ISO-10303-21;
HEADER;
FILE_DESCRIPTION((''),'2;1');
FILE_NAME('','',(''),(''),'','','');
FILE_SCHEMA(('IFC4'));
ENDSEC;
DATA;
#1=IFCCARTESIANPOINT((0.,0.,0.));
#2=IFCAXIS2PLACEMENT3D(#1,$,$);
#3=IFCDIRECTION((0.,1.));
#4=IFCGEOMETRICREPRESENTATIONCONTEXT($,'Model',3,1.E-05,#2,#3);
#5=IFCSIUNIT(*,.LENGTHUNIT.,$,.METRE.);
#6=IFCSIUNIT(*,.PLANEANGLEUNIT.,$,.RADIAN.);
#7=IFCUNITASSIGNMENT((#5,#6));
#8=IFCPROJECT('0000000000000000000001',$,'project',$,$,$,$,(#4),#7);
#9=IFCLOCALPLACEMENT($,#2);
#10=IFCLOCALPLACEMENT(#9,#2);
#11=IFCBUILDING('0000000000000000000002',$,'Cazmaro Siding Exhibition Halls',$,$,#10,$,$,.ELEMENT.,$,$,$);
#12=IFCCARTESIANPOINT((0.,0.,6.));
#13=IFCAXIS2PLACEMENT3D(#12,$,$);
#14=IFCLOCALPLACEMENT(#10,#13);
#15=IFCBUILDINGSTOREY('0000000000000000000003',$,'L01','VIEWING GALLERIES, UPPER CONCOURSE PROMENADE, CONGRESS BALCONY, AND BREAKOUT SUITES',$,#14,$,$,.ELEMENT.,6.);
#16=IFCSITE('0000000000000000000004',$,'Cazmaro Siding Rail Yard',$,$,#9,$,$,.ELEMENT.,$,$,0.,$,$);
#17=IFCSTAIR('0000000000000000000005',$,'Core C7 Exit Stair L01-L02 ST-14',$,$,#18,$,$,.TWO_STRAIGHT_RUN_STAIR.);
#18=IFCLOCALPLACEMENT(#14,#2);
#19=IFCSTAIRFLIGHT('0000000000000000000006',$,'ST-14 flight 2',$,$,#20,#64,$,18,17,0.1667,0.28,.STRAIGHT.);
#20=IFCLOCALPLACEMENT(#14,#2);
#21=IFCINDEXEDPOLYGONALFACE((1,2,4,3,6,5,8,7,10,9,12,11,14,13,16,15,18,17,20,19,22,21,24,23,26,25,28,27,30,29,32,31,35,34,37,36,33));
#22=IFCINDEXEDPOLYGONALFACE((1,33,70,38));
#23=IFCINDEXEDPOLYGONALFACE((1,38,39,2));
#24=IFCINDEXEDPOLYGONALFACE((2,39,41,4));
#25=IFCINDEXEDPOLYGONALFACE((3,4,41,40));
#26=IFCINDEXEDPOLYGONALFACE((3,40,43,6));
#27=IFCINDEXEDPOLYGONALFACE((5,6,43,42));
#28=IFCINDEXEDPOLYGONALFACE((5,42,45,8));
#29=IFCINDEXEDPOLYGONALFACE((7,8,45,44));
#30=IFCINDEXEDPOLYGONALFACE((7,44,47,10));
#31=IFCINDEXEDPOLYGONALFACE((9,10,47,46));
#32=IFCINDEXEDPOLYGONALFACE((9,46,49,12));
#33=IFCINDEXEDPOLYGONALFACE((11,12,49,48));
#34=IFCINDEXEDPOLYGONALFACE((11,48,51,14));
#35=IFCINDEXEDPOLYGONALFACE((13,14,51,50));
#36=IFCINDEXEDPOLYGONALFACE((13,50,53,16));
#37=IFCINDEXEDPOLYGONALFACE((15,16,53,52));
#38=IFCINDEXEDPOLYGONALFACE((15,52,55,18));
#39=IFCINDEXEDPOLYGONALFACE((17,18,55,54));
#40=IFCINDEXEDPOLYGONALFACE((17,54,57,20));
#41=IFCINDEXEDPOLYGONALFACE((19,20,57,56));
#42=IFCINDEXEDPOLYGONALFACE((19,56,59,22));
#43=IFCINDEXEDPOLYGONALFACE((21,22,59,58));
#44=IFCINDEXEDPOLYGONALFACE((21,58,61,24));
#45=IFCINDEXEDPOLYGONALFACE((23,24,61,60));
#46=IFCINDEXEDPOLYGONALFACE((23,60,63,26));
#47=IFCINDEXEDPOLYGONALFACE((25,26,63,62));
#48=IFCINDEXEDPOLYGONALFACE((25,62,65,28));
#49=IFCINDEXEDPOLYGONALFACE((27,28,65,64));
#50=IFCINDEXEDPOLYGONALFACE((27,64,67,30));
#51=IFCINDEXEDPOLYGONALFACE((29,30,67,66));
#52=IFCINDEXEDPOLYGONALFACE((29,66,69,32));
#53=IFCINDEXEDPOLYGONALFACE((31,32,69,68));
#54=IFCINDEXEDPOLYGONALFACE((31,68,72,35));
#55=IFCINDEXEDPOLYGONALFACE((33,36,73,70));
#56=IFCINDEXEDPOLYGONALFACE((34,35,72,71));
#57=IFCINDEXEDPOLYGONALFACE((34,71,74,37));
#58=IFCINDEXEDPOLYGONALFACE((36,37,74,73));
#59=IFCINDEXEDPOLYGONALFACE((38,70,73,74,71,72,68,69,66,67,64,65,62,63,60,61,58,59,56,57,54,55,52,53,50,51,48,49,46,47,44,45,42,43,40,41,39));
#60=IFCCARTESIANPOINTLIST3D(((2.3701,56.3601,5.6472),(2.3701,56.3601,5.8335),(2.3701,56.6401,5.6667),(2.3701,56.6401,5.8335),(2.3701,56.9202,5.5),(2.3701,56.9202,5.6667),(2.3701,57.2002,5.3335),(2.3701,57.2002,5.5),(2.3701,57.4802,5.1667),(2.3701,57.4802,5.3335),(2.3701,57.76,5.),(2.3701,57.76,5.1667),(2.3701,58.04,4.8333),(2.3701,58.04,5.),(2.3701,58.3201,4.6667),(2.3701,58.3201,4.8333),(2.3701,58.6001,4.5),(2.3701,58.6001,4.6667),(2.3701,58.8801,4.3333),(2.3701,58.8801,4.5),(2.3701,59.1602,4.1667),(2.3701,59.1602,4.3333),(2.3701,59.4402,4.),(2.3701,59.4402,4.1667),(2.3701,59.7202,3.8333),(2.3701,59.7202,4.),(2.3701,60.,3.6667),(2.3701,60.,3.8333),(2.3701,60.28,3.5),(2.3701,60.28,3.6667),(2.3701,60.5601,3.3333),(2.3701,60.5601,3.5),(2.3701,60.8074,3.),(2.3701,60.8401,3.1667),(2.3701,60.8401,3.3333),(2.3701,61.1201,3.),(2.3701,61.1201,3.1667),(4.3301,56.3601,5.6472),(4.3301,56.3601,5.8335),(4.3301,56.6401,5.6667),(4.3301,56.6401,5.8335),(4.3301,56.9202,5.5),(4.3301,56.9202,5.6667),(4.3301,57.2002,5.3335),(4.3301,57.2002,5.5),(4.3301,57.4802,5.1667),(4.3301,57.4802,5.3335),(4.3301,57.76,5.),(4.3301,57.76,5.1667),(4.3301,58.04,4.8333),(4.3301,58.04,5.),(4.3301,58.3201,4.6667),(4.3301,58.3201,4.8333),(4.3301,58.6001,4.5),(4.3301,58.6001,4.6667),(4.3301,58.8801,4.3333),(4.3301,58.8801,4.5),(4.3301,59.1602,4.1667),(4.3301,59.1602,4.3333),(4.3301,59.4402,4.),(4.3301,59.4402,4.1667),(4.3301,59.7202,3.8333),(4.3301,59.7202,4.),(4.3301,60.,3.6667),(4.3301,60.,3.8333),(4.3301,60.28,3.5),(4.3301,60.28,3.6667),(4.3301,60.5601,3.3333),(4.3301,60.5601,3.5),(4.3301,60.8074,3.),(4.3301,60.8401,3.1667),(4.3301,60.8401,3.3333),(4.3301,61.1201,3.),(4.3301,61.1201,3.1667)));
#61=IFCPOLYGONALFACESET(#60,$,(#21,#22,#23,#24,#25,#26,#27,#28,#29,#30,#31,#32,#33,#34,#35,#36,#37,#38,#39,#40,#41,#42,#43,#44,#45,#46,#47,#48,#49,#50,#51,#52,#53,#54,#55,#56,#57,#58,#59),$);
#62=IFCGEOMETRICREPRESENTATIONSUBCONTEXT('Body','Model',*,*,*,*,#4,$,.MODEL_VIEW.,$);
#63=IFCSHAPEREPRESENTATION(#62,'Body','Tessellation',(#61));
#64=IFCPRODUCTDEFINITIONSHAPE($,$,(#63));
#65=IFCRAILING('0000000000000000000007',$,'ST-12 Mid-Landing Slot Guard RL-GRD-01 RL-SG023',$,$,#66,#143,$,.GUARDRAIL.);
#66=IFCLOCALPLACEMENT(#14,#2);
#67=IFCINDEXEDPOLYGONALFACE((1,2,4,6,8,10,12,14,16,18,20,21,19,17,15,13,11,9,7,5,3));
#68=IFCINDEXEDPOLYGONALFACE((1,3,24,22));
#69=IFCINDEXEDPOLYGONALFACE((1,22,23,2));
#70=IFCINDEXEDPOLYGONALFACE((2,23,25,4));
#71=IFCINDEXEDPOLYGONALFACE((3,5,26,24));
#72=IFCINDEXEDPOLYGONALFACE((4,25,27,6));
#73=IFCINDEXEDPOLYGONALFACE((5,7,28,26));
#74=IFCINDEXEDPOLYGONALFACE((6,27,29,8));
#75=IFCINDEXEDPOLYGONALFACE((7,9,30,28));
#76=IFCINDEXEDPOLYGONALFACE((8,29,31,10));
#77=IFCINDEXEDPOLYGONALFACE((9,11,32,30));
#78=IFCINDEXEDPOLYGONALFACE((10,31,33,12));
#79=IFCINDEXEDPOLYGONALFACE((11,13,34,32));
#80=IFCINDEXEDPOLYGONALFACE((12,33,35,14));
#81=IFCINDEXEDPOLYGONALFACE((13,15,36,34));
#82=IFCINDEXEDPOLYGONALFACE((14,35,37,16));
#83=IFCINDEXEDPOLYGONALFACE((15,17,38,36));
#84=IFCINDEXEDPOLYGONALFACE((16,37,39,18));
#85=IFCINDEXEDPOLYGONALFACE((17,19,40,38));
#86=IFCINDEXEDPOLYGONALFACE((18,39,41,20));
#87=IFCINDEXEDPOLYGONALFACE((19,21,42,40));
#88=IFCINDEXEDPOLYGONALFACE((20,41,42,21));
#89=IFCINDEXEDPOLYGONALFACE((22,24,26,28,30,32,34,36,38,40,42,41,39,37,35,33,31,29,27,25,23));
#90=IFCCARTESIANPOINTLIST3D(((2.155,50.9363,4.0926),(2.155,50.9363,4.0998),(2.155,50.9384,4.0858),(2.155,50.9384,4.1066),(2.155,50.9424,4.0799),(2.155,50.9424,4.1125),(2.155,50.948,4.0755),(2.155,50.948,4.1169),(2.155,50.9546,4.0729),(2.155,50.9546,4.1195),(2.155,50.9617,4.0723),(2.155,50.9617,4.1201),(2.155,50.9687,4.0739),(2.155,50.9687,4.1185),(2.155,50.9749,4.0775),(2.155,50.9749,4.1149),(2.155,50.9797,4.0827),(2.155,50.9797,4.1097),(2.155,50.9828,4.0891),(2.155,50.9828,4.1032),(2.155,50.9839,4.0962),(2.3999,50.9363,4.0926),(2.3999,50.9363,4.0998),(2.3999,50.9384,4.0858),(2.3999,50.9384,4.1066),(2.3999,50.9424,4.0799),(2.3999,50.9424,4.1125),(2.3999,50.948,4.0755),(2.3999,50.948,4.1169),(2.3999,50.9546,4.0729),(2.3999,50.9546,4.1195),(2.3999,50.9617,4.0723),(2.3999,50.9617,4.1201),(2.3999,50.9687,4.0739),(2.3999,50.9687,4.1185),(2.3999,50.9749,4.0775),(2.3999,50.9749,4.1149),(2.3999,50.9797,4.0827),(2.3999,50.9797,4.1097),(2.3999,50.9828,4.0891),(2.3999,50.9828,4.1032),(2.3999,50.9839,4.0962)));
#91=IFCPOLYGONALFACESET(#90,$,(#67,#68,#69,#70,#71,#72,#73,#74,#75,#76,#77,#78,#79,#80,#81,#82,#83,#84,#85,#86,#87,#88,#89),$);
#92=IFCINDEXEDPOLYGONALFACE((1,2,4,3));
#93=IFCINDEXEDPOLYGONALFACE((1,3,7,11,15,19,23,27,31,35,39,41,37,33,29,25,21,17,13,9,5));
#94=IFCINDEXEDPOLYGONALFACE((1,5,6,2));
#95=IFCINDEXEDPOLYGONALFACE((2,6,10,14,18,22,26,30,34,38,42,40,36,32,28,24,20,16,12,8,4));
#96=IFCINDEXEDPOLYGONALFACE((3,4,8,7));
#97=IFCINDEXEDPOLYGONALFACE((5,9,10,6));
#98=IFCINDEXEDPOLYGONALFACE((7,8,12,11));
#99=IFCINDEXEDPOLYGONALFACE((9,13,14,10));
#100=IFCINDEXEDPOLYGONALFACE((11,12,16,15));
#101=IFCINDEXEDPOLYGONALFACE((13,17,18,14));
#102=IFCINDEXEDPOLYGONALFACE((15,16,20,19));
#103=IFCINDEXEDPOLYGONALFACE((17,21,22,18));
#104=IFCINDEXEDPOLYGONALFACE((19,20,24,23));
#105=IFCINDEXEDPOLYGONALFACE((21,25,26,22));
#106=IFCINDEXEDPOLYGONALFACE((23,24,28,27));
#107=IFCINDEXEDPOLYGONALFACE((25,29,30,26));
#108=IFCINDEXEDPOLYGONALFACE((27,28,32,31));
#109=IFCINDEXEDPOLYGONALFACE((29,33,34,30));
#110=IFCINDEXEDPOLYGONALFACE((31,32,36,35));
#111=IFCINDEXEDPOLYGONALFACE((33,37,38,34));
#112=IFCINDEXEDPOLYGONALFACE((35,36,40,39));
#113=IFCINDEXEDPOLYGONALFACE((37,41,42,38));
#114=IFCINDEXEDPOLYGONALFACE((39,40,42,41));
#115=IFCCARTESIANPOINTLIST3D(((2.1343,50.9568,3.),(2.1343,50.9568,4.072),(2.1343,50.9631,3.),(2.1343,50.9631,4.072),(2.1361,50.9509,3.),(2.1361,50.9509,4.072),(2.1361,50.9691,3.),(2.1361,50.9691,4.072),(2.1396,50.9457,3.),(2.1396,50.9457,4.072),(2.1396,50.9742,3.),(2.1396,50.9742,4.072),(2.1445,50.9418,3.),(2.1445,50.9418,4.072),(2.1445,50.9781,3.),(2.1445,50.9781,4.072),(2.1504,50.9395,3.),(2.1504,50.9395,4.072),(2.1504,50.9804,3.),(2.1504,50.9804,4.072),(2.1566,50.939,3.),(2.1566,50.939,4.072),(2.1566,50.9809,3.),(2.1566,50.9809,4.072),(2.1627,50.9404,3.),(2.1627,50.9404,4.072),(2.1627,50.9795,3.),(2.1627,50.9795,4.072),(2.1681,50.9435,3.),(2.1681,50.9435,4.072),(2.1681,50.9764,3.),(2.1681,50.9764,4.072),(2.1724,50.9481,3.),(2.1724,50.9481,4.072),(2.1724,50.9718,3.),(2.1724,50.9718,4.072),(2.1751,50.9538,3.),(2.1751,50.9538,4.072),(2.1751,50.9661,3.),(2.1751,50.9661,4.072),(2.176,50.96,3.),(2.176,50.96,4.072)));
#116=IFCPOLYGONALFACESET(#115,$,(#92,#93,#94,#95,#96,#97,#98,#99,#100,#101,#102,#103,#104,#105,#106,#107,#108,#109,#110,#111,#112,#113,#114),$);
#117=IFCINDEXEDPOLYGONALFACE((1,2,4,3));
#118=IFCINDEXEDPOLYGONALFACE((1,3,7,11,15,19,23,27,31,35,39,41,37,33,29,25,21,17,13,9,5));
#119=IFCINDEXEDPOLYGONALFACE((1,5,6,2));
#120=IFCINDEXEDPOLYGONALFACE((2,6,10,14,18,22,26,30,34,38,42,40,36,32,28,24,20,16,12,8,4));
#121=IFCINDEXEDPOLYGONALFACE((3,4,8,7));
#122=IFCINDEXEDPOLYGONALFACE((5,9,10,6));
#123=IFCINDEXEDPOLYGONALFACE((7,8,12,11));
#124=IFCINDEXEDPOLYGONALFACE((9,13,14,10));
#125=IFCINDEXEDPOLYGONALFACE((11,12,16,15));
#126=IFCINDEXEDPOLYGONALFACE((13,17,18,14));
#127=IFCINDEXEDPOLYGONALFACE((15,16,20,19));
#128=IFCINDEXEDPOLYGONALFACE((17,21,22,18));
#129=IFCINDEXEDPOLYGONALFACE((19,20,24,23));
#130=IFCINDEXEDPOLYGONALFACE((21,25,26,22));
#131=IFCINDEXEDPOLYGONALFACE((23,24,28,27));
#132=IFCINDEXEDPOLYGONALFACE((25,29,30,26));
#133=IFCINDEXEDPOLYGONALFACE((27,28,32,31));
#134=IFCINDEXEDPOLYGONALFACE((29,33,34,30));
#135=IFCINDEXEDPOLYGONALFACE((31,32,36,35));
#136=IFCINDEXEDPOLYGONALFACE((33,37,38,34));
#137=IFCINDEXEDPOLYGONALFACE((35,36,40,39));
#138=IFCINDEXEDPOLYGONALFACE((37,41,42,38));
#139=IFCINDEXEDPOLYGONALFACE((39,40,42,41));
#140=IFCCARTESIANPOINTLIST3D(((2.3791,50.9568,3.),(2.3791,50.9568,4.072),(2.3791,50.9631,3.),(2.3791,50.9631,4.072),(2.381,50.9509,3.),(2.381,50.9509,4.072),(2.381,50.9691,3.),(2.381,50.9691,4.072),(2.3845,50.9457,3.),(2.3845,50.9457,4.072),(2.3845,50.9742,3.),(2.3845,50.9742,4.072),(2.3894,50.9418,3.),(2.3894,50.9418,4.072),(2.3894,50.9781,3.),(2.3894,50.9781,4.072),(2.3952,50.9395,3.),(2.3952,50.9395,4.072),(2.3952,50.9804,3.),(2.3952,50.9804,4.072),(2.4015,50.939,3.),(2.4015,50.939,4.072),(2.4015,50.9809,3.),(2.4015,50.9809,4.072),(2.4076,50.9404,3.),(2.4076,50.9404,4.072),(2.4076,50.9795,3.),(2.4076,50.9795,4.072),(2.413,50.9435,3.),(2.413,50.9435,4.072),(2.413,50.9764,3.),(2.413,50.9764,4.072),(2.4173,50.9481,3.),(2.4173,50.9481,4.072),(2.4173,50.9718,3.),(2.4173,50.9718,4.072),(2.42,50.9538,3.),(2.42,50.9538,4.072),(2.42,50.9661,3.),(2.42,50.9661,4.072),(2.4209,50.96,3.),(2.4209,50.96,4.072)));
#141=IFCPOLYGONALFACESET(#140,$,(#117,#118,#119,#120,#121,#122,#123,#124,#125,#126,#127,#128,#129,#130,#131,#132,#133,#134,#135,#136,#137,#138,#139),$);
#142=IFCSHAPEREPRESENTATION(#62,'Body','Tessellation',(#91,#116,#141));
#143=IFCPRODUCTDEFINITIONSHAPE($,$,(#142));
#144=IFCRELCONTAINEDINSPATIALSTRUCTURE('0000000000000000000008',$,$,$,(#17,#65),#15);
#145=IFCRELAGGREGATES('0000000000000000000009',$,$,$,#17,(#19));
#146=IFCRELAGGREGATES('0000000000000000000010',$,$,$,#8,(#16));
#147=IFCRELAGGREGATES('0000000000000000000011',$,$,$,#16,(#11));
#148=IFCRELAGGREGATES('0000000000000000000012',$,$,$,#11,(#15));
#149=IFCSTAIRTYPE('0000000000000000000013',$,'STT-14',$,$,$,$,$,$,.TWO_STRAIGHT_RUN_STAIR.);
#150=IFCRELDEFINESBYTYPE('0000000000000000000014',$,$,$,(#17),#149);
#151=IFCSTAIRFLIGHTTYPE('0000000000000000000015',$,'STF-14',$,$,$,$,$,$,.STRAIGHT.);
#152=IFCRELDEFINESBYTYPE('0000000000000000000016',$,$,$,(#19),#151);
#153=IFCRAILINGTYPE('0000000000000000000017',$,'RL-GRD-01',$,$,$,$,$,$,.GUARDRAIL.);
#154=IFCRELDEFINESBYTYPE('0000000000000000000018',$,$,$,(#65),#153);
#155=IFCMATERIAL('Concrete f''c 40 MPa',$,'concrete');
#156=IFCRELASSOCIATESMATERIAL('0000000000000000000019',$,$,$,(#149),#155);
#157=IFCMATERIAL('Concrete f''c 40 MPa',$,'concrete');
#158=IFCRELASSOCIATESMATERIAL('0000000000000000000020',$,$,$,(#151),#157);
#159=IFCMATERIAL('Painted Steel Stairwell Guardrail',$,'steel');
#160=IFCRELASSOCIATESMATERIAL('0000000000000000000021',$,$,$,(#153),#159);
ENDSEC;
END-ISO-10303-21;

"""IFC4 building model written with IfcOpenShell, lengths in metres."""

from ifc_helpers import new_model, si_unit, direction, frame, origin, origin_2d, place, context, subcontext, project, spatial, polyline, circle, outline, extrude, material, type_object, element, aggregate, save


model = new_model("IFC4")

# Units and contexts
model_context = context("Model", 3, precision=1e-05, world=origin(), true_north=direction((0.0, 1.0)))
body_context = subcontext(model_context, "Body", "Model", "MODEL_VIEW")
ifc_project = project(units=[si_unit("LENGTHUNIT", "METRE"), si_unit("PLANEANGLEUNIT", "RADIAN")], contexts=[model_context])

# Site, building, storey
site_placement = place(None, origin())
site = spatial("IfcSite", under=ifc_project, at=site_placement, Name="Cazmaro Siding Rail Yard", CompositionType="ELEMENT", RefElevation=0.0)
building_placement = place(site_placement, origin())
building = spatial("IfcBuilding", under=site, at=building_placement, Name="Cazmaro Siding Exhibition Halls", CompositionType="ELEMENT")
storey_placement = place(building_placement, frame((0.0, 0.0, 6.0)))
storey = spatial("IfcBuildingStorey", under=building, at=storey_placement, Name="L01", Description="VIEWING GALLERIES, UPPER CONCOURSE PROMENADE, CONGRESS BALCONY, AND BREAKOUT SUITES", CompositionType="ELEMENT", Elevation=6.0)

# Stair, stair flight
ifc_material_1 = material(Name="Concrete f'c 40 MPa", Category="concrete")
stair_type_1 = type_object("IfcStairType", Name="STT-14", PredefinedType="TWO_STRAIGHT_RUN_STAIR", material=ifc_material_1)
stair_1_placement = place(storey_placement, origin())
stair_1 = element("IfcStair", 1, at=stair_1_placement, inside=storey, type_object=stair_type_1, Name="Core C7 Exit Stair L01-L02 ST-14", PredefinedType="TWO_STRAIGHT_RUN_STAIR")
ifc_material_2 = material(Name="Concrete f'c 40 MPa", Category="concrete")
stair_flight_type_1 = type_object("IfcStairFlightType", Name="STF-14", PredefinedType="STRAIGHT", material=ifc_material_2)
stair_flight_1_placement = place(storey_placement, frame((3.3501, 61.1201, 3.0), z_axis=(0.0, 0.0, 1.0), x_axis=(0.0, -1.0, 0.0)))
stair_flight_1 = element("IfcStairFlight", 2, at=stair_flight_1_placement, type_object=stair_flight_type_1, Name="ST-14 flight 2", NumberOfRisers=18, NumberOfTreads=17, PredefinedType="STRAIGHT", RiserHeight=0.1667, TreadLength=0.28, context=body_context, shape_type="SweptSolid", body=[
    extrude(outline(polyline([(0.0, 0.0), (0.0, 0.1667), (0.28, 0.1667), (0.28, 0.3333), (0.5601, 0.3333), (0.5601, 0.5), (0.8401, 0.5), (0.8401, 0.6667), (1.1201, 0.6667), (1.1201, 0.8333), (1.3999, 0.8333), (1.3999, 1.0), (1.6799, 1.0), (1.6799, 1.1667), (1.96, 1.1667), (1.96, 1.3333), (2.24, 1.3333), (2.24, 1.5), (2.52, 1.5), (2.52, 1.6667), (2.8, 1.6667), (2.8, 1.8333), (3.0801, 1.8333), (3.0801, 2.0), (3.3601, 2.0), (3.3601, 2.1667), (3.6399, 2.1667), (3.6399, 2.3335), (3.9199, 2.3335), (3.9199, 2.5), (4.2, 2.5), (4.2, 2.6667), (4.48, 2.6667), (4.48, 2.8335), (4.76, 2.8335), (4.76, 3.0), (4.76, 2.6472), (0.3127, 0.0), (0.0, 0.0)])), frame((0.0, 0.98, 0.0), z_axis=(0.0, -1.0, 0.0), x_axis=(1.0, 0.0, 0.0)), (0.0, 0.0, 1.0), 1.96),
])
aggregate(stair_1, [stair_flight_1])

# Railing
ifc_material_3 = material(Name="Painted Steel Stairwell Guardrail", Category="steel")
railing_type_1 = type_object("IfcRailingType", Name="RL-GRD-01", PredefinedType="GUARDRAIL", material=ifc_material_3)
railing_1_placement = place(storey_placement, frame((2.155, 50.96, 3.0)))
element("IfcRailing", 3, at=railing_1_placement, inside=storey, type_object=railing_type_1, Name="ST-12 Mid-Landing Slot Guard RL-GRD-01 RL-SG023", PredefinedType="GUARDRAIL", context=body_context, shape_type="SweptSolid", body=[
    extrude(circle(Radius=0.0239, at=origin_2d()), frame((0.0, 0.0, 1.0962), z_axis=(1.0, 0.0, 0.0), x_axis=(0.0, 1.0, 0.0)), (0.0, 0.0, 1.0), 0.2449),
    extrude(circle(Radius=0.021, at=origin_2d()), origin(), (0.0, 0.0, 1.0), 1.072),
    extrude(circle(Radius=0.021, at=origin_2d()), frame((0.2449, 0.0, 0.0)), (0.0, 0.0, 1.0), 1.072),
])

save(model, "model.ifc")
